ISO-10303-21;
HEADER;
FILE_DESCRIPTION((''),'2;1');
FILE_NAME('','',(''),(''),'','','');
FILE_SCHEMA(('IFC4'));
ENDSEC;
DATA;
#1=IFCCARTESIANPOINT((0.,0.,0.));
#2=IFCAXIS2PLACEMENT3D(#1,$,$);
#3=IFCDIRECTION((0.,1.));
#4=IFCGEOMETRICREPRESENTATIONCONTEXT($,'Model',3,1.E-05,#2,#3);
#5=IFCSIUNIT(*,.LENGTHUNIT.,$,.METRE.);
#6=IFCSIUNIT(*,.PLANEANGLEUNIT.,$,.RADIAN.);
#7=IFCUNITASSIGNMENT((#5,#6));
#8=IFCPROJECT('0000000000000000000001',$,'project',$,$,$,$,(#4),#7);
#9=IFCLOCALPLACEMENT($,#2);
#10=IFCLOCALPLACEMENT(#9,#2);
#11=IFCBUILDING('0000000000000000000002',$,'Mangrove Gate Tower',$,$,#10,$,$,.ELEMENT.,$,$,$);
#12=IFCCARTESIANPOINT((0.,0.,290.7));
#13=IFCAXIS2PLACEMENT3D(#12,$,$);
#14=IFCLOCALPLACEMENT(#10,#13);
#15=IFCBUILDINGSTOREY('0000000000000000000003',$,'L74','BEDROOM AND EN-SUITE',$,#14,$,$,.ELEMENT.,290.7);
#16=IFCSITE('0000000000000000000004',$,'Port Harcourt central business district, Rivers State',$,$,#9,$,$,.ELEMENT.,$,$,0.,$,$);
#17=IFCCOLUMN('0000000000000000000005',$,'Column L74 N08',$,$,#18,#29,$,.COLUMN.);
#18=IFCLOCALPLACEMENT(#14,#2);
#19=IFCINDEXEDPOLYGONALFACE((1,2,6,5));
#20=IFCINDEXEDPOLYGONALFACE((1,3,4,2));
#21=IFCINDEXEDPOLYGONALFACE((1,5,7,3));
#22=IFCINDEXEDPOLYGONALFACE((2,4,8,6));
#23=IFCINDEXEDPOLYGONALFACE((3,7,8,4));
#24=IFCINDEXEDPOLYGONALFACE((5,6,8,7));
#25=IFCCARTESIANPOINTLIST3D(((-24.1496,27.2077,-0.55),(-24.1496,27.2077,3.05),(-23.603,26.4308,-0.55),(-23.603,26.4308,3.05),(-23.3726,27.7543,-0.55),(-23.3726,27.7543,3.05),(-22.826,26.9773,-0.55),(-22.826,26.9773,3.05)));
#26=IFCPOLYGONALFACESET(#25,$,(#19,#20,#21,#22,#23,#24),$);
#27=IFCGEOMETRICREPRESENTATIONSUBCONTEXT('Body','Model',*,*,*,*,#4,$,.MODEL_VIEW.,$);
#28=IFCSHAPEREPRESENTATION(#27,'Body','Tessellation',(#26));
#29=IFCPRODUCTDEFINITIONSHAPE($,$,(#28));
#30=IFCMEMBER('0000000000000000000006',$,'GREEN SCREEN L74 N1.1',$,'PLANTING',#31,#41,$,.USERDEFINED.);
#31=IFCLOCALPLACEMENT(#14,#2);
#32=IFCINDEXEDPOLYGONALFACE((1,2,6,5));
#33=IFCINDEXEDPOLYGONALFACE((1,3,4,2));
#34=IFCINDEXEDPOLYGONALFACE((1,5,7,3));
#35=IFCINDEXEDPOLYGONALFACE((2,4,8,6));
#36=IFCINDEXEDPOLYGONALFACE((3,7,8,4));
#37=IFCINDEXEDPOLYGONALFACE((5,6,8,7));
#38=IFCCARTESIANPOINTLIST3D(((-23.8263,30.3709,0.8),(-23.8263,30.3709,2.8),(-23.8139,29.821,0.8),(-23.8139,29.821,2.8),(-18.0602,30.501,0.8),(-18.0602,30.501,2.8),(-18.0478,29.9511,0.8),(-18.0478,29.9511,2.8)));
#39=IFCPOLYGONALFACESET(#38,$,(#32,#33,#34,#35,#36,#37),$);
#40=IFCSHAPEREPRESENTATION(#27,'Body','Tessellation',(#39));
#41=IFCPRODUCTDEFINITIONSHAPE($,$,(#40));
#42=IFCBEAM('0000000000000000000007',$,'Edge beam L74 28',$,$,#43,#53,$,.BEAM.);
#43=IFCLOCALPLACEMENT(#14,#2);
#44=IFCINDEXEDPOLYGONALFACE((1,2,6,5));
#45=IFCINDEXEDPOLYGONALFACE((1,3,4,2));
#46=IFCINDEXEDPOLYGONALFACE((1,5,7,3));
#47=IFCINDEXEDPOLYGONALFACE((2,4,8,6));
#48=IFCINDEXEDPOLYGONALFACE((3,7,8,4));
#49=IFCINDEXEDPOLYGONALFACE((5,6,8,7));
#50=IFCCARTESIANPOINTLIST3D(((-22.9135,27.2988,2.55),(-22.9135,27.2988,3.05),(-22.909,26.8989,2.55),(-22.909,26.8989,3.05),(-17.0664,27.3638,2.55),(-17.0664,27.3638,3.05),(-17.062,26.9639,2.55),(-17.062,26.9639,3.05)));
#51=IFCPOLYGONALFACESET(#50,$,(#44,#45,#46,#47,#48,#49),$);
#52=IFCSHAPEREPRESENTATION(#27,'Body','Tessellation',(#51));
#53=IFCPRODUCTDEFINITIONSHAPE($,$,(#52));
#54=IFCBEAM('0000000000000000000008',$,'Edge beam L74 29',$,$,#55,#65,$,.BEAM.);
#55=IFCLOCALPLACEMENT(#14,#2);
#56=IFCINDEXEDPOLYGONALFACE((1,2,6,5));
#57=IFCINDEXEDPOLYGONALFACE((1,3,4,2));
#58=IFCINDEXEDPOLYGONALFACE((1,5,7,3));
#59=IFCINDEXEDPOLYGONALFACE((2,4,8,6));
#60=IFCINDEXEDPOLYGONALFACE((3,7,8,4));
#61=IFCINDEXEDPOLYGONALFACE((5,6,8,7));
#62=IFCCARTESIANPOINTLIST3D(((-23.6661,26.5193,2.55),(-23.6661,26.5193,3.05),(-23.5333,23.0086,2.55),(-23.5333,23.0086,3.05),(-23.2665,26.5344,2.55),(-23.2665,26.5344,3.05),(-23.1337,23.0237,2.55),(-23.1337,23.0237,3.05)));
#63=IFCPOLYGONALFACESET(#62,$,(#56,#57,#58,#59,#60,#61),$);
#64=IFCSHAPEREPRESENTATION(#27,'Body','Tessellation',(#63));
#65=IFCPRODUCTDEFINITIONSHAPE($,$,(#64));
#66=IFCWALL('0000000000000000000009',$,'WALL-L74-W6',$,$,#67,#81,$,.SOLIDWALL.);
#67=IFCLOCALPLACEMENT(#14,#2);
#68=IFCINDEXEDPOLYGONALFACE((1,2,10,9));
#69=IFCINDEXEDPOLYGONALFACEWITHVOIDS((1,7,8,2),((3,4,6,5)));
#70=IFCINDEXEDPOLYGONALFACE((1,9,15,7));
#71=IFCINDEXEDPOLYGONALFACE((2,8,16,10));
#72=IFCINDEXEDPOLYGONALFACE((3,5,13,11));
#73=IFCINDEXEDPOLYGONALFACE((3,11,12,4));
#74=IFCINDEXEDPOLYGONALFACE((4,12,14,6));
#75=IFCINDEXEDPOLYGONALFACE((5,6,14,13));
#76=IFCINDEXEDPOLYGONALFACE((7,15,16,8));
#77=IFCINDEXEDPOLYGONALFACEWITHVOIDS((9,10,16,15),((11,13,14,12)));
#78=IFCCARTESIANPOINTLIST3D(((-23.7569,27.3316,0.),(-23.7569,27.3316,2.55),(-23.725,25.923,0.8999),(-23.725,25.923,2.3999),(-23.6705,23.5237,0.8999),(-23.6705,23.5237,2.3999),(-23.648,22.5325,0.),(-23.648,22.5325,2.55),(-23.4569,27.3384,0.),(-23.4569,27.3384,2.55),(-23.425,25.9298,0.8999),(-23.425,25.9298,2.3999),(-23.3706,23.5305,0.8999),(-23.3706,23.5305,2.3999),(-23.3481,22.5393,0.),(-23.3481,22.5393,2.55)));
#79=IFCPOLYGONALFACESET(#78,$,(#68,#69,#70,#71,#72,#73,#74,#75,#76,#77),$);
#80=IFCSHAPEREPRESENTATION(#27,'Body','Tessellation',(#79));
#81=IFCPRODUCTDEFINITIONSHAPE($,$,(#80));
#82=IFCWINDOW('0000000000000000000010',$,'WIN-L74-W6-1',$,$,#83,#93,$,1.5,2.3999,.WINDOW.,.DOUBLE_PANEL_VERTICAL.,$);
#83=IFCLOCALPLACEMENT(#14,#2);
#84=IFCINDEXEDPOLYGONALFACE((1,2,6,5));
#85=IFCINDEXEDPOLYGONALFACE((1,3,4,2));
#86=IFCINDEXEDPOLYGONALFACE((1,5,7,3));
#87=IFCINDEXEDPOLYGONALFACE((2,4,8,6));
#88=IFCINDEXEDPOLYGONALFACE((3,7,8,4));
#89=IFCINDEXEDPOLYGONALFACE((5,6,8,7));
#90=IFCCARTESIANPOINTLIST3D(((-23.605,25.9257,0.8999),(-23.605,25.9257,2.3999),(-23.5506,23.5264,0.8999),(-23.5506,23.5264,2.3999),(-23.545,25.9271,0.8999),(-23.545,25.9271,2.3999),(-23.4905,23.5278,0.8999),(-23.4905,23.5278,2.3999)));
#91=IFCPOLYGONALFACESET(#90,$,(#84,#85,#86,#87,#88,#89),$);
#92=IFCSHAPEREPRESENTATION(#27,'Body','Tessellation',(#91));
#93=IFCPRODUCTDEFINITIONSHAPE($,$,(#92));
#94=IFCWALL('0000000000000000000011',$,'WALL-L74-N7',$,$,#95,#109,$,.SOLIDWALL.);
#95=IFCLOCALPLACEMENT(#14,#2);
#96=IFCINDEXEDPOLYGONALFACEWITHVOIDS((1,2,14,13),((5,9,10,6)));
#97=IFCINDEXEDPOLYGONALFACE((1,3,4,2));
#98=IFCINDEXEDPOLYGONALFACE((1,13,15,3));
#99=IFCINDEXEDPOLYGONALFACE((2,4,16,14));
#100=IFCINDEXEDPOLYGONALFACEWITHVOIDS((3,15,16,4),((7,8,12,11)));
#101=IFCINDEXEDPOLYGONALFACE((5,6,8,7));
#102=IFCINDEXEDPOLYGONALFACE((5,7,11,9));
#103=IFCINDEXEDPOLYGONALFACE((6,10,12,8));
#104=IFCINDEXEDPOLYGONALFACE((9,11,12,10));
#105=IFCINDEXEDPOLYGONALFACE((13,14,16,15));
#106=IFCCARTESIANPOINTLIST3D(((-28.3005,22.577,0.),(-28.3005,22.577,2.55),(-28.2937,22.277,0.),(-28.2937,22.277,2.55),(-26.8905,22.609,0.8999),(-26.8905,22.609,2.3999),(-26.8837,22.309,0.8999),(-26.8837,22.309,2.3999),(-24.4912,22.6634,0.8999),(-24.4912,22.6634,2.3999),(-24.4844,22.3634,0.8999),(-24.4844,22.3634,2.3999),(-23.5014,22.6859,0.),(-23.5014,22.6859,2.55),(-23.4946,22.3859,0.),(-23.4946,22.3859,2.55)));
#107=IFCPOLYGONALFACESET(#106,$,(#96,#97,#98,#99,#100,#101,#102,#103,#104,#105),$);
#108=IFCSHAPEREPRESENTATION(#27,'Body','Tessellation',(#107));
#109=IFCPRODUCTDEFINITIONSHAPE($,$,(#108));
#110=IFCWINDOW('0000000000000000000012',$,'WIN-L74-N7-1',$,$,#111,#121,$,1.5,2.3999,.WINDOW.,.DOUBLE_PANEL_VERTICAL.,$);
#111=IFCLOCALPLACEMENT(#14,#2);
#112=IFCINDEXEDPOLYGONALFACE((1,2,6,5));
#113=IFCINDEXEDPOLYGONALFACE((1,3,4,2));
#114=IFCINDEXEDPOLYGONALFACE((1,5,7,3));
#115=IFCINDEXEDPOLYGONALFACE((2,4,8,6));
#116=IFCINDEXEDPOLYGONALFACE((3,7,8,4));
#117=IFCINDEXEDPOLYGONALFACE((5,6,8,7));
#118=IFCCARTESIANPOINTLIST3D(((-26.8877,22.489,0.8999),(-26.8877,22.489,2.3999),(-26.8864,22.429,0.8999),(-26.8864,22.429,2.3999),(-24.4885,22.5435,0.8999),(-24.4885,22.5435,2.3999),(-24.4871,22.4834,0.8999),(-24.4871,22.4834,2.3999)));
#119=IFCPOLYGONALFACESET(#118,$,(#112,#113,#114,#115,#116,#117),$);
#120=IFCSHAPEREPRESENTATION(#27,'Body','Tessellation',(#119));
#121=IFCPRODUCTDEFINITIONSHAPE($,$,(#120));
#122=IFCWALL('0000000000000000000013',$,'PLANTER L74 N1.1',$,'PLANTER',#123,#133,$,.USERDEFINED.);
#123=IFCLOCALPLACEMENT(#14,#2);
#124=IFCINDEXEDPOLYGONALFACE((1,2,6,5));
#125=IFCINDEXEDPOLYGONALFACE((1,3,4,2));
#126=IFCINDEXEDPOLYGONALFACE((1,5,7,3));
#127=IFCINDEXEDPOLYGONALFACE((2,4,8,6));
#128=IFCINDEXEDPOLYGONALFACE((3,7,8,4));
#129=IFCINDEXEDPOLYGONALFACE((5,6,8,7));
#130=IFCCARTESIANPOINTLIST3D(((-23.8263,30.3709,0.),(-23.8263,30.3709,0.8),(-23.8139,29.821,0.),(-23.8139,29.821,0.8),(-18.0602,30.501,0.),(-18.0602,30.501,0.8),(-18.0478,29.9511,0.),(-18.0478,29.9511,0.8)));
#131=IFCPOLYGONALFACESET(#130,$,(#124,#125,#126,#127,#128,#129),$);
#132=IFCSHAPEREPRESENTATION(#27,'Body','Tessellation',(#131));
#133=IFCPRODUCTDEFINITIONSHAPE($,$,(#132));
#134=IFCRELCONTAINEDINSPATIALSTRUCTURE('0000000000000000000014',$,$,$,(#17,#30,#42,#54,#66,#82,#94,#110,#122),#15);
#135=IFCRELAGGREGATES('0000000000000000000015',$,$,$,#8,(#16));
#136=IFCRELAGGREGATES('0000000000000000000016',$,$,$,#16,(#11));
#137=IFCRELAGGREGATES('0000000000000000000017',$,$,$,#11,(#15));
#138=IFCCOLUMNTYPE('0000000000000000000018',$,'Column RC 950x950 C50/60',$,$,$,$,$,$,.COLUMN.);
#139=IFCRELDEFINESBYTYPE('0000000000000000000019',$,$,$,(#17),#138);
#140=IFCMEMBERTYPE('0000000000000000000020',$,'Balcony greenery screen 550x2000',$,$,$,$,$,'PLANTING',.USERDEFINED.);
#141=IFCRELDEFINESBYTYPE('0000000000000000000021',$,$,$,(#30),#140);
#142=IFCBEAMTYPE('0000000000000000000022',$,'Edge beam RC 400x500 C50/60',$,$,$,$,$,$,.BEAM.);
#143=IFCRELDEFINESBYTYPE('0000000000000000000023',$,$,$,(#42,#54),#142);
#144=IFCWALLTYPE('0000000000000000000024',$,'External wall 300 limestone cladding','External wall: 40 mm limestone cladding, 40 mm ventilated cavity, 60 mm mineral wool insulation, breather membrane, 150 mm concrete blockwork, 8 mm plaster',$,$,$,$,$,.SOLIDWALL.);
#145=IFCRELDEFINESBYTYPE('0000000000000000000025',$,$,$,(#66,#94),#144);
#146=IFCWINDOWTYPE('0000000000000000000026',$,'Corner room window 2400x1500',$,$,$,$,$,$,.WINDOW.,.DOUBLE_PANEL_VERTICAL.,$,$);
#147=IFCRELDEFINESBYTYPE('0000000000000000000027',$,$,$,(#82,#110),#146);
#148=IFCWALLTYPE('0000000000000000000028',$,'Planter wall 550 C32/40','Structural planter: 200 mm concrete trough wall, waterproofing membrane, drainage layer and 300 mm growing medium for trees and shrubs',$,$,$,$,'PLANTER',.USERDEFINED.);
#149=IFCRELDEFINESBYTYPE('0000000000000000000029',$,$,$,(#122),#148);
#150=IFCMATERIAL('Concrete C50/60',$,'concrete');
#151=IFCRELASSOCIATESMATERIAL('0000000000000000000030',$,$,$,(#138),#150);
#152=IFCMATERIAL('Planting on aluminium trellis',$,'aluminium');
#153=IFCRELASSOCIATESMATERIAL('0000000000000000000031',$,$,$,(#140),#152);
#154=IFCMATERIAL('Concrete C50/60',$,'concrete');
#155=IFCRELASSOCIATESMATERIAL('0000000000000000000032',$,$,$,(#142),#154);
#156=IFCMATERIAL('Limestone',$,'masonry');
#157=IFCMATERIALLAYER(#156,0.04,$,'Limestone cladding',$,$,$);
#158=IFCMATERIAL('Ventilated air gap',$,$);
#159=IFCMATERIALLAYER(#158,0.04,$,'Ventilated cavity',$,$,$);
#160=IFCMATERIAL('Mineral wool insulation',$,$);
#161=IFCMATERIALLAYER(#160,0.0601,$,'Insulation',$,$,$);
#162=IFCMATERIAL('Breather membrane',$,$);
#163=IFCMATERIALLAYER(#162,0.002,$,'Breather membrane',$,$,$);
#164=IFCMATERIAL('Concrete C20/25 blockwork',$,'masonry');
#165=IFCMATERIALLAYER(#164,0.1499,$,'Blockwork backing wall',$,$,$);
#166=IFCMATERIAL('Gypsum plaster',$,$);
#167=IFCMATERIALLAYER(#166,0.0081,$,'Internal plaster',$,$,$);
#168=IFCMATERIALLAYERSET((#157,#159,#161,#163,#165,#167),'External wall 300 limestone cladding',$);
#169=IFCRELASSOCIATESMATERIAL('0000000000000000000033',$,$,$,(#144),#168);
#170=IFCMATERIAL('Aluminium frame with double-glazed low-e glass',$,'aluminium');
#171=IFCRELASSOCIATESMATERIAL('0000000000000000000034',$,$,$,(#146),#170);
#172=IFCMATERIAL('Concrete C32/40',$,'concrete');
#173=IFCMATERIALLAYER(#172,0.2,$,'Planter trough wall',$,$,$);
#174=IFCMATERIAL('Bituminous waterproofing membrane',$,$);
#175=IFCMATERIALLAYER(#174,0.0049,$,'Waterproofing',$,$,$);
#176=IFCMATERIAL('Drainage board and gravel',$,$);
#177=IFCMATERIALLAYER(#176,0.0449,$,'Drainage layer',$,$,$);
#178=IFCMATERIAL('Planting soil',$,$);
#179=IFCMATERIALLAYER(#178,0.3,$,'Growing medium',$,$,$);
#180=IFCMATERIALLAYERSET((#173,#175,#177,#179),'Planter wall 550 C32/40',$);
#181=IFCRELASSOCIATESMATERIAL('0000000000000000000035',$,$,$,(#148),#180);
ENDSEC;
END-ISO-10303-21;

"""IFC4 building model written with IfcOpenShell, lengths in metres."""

from ifc_helpers import new_model, si_unit, direction, frame, frame_2d, origin, origin_2d, place, context, subcontext, project, spatial, rectangle, extrude, material, layer, layer_set, material_profile, profile_set, type_object, element, fill, save


model = new_model("IFC4")

# Units and contexts
model_context = context("Model", 3, precision=1e-05, world=origin(), true_north=direction((0.0, 1.0)))
body_context = subcontext(model_context, "Body", "Model", "MODEL_VIEW")
ifc_project = project(units=[si_unit("LENGTHUNIT", "METRE"), si_unit("PLANEANGLEUNIT", "RADIAN")], contexts=[model_context])

# Site, building, storey
site_placement = place(None, origin())
site = spatial("IfcSite", under=ifc_project, at=site_placement, Name="Port Harcourt central business district, Rivers State", CompositionType="ELEMENT", RefElevation=0.0)
building_placement = place(site_placement, origin())
building = spatial("IfcBuilding", under=site, at=building_placement, Name="Mangrove Gate Tower", CompositionType="ELEMENT")
storey_placement = place(building_placement, frame((0.0, 0.0, 290.7)))
storey = spatial("IfcBuildingStorey", under=building, at=storey_placement, Name="L74", Description="BEDROOM AND EN-SUITE", CompositionType="ELEMENT", Elevation=290.7)

# Column
ifc_material_1 = material(Name="Concrete C50/60", Category="concrete")
ifc_material_profile_1 = material_profile(ifc_material_1, rectangle(XDim=0.95, YDim=0.95, at=origin_2d()))
ifc_profile_set_1 = profile_set([ifc_material_profile_1], Name="Concrete C50/60")
column_type = type_object("IfcColumnType", Name="Column RC 950x950 C50/60", PredefinedType="COLUMN", material=ifc_profile_set_1)
column_placement = place(storey_placement, frame((-23.4878, 27.0925, -0.55), z_axis=(0.0, 0.0, 1.0), x_axis=(-0.817889, -0.575376, 0.0)))
element("IfcColumn", 1, at=column_placement, inside=storey, type_object=column_type, Name="Column L74 N08", PredefinedType="COLUMN", context=body_context, shape_type="SweptSolid", body=[
    extrude(rectangle(XDim=0.95, YDim=0.95, at=origin_2d()), origin(), (0.0, 0.0, 1.0), 3.6001),
])

# Member
ifc_material_2 = material(Name="Planting on aluminium trellis", Category="aluminium")
ifc_material_profile_2 = material_profile(ifc_material_2, rectangle(XDim=0.55, YDim=2.0, at=origin_2d()))
ifc_profile_set_2 = profile_set([ifc_material_profile_2], Name="Planting on aluminium trellis")
member_type = type_object("IfcMemberType", Name="Balcony greenery screen 550x2000", ElementType="PLANTING", PredefinedType="USERDEFINED", material=ifc_profile_set_2)
member_placement = place(storey_placement, frame((-23.8201, 30.0959, 1.8), z_axis=(0.999745, 0.022562, 0.0), x_axis=(-0.022562, 0.999745, 0.0)))
element("IfcMember", 2, at=member_placement, inside=storey, type_object=member_type, Name="GREEN SCREEN L74 N1.1", ObjectType="PLANTING", PredefinedType="USERDEFINED", context=body_context, shape_type="SweptSolid", body=[
    extrude(rectangle(XDim=0.55, YDim=2.0, at=origin_2d()), origin(), (0.0, 0.0, 1.0), 5.7676),
])

# Beams
ifc_material_3 = material(Name="Concrete C50/60", Category="concrete")
ifc_material_profile_3 = material_profile(ifc_material_3, rectangle(XDim=0.3999, YDim=0.5, at=origin_2d()))
ifc_profile_set_3 = profile_set([ifc_material_profile_3], Name="Concrete C50/60")
beam_type = type_object("IfcBeamType", Name="Edge beam RC 400x500 C50/60", PredefinedType="BEAM", material=ifc_profile_set_3)
beam_1_placement = place(storey_placement, frame((-17.0642, 27.1638, 2.8), z_axis=(-0.999938, -0.011106, 0.0), x_axis=(0.011106, -0.999938, 0.0)))
element("IfcBeam", 3, at=beam_1_placement, inside=storey, type_object=beam_type, Name="Edge beam L74 28", PredefinedType="BEAM", context=body_context, shape_type="SweptSolid", body=[
    extrude(rectangle(XDim=0.3999, YDim=0.5, at=origin_2d()), origin(), (0.0, 0.0, 1.0), 5.8474),
])
beam_2_placement = place(storey_placement, frame((-23.4663, 26.5269, 2.8), z_axis=(0.037803, -0.999285, 0.0), x_axis=(0.999285, 0.037803, 0.0)))
element("IfcBeam", 4, at=beam_2_placement, inside=storey, type_object=beam_type, Name="Edge beam L74 29", PredefinedType="BEAM", context=body_context, shape_type="SweptSolid", body=[
    extrude(rectangle(XDim=0.3999, YDim=0.5, at=origin_2d()), origin(), (0.0, 0.0, 1.0), 3.5132),
])

# Walls, openings, windows
ifc_material_4 = material(Name="Limestone", Category="masonry")
ifc_layer_1 = layer(ifc_material_4, 0.04, Name="Limestone cladding")
ifc_material_5 = material(Name="Ventilated air gap")
ifc_layer_2 = layer(ifc_material_5, 0.04, Name="Ventilated cavity")
ifc_material_6 = material(Name="Mineral wool insulation")
ifc_layer_3 = layer(ifc_material_6, 0.0601, Name="Insulation")
ifc_material_7 = material(Name="Breather membrane")
ifc_layer_4 = layer(ifc_material_7, 0.002, Name="Breather membrane")
ifc_material_8 = material(Name="Concrete C20/25 blockwork", Category="masonry")
ifc_layer_5 = layer(ifc_material_8, 0.1499, Name="Blockwork backing wall")
ifc_material_9 = material(Name="Gypsum plaster")
ifc_layer_6 = layer(ifc_material_9, 0.0081, Name="Internal plaster")
ifc_layer_set_1 = layer_set([ifc_layer_1, ifc_layer_2, ifc_layer_3, ifc_layer_4, ifc_layer_5, ifc_layer_6], Name="External wall 300 limestone cladding")
wall_type_1 = type_object("IfcWallType", Name="External wall 300 limestone cladding", Description="External wall: 40 mm limestone cladding, 40 mm ventilated cavity, 60 mm mineral wool insulation, breather membrane, 150 mm concrete blockwork, 8 mm plaster", PredefinedType="SOLIDWALL", material=ifc_layer_set_1)
wall_1_placement = place(storey_placement, frame((-23.6069, 27.335, 0.0), z_axis=(0.0, 0.0, 1.0), x_axis=(0.022683, -0.999743, 0.0)))
wall_1 = element("IfcWall", 5, at=wall_1_placement, inside=storey, type_object=wall_type_1, Name="WALL-L74-W6", PredefinedType="SOLIDWALL", context=body_context, shape_type="SweptSolid", body=[
    extrude(rectangle(XDim=4.8003, YDim=0.3, at=frame_2d((2.4001, 0.0))), origin(), (0.0, 0.0, 1.0), 2.55),
])
opening_1_placement = place(wall_1_placement, frame((1.4089, 0.0, 0.8999)))
opening_1 = element("IfcOpeningElement", 6, at=opening_1_placement, cuts=wall_1, PredefinedType="OPENING", context=body_context, shape_type="SweptSolid", body=[
    extrude(rectangle(XDim=2.3999, YDim=1.5, at=frame_2d((1.2, 0.75))), frame((0.0, 0.1599, 0.0), z_axis=(0.0, -1.0, 0.0), x_axis=(1.0, 0.0, 0.0)), (0.0, 0.0, 1.0), 0.3201),
])
ifc_material_10 = material(Name="Aluminium frame with double-glazed low-e glass", Category="aluminium")
window_type = type_object("IfcWindowType", Name="Corner room window 2400x1500", PartitioningType="DOUBLE_PANEL_VERTICAL", PredefinedType="WINDOW", material=ifc_material_10)
window_1_placement = place(opening_1_placement, origin())
window_1 = element("IfcWindow", 7, at=window_1_placement, inside=storey, type_object=window_type, Name="WIN-L74-W6-1", OverallHeight=1.5, OverallWidth=2.3999, PartitioningType="DOUBLE_PANEL_VERTICAL", PredefinedType="WINDOW", context=body_context, shape_type="SweptSolid", body=[
    extrude(rectangle(XDim=2.3999, YDim=1.5, at=frame_2d((1.2, 0.75))), frame((0.0, 0.03, 0.0), z_axis=(0.0, -1.0, 0.0), x_axis=(1.0, 0.0, 0.0)), (0.0, 0.0, 1.0), 0.0601),
])
fill(opening_1, window_1)
wall_2_placement = place(storey_placement, frame((-23.498, 22.5359, 0.0), z_axis=(0.0, 0.0, 1.0), x_axis=(-0.999743, -0.022683, 0.0)))
wall_2 = element("IfcWall", 8, at=wall_2_placement, inside=storey, type_object=wall_type_1, Name="WALL-L74-N7", PredefinedType="SOLIDWALL", context=body_context, shape_type="SweptSolid", body=[
    extrude(rectangle(XDim=4.8003, YDim=0.3, at=frame_2d((2.4001, 0.0))), origin(), (0.0, 0.0, 1.0), 2.55),
])
opening_2_placement = place(wall_2_placement, frame((0.99, 0.0, 0.8999)))
opening_2 = element("IfcOpeningElement", 9, at=opening_2_placement, cuts=wall_2, PredefinedType="OPENING", context=body_context, shape_type="SweptSolid", body=[
    extrude(rectangle(XDim=2.3999, YDim=1.5, at=frame_2d((1.2, 0.75))), frame((0.0, 0.1599, 0.0), z_axis=(0.0, -1.0, 0.0), x_axis=(1.0, 0.0, 0.0)), (0.0, 0.0, 1.0), 0.3201),
])
window_2_placement = place(opening_2_placement, origin())
window_2 = element("IfcWindow", 10, at=window_2_placement, inside=storey, type_object=window_type, Name="WIN-L74-N7-1", OverallHeight=1.5, OverallWidth=2.3999, PartitioningType="DOUBLE_PANEL_VERTICAL", PredefinedType="WINDOW", context=body_context, shape_type="SweptSolid", body=[
    extrude(rectangle(XDim=2.3999, YDim=1.5, at=frame_2d((1.2, 0.75))), frame((0.0, 0.03, 0.0), z_axis=(0.0, -1.0, 0.0), x_axis=(1.0, 0.0, 0.0)), (0.0, 0.0, 1.0), 0.0601),
])
fill(opening_2, window_2)

# Wall
ifc_material_11 = material(Name="Concrete C32/40", Category="concrete")
ifc_layer_7 = layer(ifc_material_11, 0.2, Name="Planter trough wall")
ifc_material_12 = material(Name="Bituminous waterproofing membrane")
ifc_layer_8 = layer(ifc_material_12, 0.0049, Name="Waterproofing")
ifc_material_13 = material(Name="Drainage board and gravel")
ifc_layer_9 = layer(ifc_material_13, 0.0449, Name="Drainage layer")
ifc_material_14 = material(Name="Planting soil")
ifc_layer_10 = layer(ifc_material_14, 0.3, Name="Growing medium")
ifc_layer_set_2 = layer_set([ifc_layer_7, ifc_layer_8, ifc_layer_9, ifc_layer_10], Name="Planter wall 550 C32/40")
wall_type_2 = type_object("IfcWallType", Name="Planter wall 550 C32/40", Description="Structural planter: 200 mm concrete trough wall, waterproofing membrane, drainage layer and 300 mm growing medium for trees and shrubs", ElementType="PLANTER", PredefinedType="USERDEFINED", material=ifc_layer_set_2)
wall_3_placement = place(storey_placement, frame((-23.8201, 30.0959, 0.0), z_axis=(0.0, 0.0, 1.0), x_axis=(0.999745, 0.022562, 0.0)))
element("IfcWall", 11, at=wall_3_placement, inside=storey, type_object=wall_type_2, Name="PLANTER L74 N1.1", ObjectType="PLANTER", PredefinedType="USERDEFINED", context=body_context, shape_type="SweptSolid", body=[
    extrude(rectangle(XDim=5.7676, YDim=0.55, at=frame_2d((2.8838, 0.0))), origin(), (0.0, 0.0, 1.0), 0.8),
])

save(model, "model.ifc")
